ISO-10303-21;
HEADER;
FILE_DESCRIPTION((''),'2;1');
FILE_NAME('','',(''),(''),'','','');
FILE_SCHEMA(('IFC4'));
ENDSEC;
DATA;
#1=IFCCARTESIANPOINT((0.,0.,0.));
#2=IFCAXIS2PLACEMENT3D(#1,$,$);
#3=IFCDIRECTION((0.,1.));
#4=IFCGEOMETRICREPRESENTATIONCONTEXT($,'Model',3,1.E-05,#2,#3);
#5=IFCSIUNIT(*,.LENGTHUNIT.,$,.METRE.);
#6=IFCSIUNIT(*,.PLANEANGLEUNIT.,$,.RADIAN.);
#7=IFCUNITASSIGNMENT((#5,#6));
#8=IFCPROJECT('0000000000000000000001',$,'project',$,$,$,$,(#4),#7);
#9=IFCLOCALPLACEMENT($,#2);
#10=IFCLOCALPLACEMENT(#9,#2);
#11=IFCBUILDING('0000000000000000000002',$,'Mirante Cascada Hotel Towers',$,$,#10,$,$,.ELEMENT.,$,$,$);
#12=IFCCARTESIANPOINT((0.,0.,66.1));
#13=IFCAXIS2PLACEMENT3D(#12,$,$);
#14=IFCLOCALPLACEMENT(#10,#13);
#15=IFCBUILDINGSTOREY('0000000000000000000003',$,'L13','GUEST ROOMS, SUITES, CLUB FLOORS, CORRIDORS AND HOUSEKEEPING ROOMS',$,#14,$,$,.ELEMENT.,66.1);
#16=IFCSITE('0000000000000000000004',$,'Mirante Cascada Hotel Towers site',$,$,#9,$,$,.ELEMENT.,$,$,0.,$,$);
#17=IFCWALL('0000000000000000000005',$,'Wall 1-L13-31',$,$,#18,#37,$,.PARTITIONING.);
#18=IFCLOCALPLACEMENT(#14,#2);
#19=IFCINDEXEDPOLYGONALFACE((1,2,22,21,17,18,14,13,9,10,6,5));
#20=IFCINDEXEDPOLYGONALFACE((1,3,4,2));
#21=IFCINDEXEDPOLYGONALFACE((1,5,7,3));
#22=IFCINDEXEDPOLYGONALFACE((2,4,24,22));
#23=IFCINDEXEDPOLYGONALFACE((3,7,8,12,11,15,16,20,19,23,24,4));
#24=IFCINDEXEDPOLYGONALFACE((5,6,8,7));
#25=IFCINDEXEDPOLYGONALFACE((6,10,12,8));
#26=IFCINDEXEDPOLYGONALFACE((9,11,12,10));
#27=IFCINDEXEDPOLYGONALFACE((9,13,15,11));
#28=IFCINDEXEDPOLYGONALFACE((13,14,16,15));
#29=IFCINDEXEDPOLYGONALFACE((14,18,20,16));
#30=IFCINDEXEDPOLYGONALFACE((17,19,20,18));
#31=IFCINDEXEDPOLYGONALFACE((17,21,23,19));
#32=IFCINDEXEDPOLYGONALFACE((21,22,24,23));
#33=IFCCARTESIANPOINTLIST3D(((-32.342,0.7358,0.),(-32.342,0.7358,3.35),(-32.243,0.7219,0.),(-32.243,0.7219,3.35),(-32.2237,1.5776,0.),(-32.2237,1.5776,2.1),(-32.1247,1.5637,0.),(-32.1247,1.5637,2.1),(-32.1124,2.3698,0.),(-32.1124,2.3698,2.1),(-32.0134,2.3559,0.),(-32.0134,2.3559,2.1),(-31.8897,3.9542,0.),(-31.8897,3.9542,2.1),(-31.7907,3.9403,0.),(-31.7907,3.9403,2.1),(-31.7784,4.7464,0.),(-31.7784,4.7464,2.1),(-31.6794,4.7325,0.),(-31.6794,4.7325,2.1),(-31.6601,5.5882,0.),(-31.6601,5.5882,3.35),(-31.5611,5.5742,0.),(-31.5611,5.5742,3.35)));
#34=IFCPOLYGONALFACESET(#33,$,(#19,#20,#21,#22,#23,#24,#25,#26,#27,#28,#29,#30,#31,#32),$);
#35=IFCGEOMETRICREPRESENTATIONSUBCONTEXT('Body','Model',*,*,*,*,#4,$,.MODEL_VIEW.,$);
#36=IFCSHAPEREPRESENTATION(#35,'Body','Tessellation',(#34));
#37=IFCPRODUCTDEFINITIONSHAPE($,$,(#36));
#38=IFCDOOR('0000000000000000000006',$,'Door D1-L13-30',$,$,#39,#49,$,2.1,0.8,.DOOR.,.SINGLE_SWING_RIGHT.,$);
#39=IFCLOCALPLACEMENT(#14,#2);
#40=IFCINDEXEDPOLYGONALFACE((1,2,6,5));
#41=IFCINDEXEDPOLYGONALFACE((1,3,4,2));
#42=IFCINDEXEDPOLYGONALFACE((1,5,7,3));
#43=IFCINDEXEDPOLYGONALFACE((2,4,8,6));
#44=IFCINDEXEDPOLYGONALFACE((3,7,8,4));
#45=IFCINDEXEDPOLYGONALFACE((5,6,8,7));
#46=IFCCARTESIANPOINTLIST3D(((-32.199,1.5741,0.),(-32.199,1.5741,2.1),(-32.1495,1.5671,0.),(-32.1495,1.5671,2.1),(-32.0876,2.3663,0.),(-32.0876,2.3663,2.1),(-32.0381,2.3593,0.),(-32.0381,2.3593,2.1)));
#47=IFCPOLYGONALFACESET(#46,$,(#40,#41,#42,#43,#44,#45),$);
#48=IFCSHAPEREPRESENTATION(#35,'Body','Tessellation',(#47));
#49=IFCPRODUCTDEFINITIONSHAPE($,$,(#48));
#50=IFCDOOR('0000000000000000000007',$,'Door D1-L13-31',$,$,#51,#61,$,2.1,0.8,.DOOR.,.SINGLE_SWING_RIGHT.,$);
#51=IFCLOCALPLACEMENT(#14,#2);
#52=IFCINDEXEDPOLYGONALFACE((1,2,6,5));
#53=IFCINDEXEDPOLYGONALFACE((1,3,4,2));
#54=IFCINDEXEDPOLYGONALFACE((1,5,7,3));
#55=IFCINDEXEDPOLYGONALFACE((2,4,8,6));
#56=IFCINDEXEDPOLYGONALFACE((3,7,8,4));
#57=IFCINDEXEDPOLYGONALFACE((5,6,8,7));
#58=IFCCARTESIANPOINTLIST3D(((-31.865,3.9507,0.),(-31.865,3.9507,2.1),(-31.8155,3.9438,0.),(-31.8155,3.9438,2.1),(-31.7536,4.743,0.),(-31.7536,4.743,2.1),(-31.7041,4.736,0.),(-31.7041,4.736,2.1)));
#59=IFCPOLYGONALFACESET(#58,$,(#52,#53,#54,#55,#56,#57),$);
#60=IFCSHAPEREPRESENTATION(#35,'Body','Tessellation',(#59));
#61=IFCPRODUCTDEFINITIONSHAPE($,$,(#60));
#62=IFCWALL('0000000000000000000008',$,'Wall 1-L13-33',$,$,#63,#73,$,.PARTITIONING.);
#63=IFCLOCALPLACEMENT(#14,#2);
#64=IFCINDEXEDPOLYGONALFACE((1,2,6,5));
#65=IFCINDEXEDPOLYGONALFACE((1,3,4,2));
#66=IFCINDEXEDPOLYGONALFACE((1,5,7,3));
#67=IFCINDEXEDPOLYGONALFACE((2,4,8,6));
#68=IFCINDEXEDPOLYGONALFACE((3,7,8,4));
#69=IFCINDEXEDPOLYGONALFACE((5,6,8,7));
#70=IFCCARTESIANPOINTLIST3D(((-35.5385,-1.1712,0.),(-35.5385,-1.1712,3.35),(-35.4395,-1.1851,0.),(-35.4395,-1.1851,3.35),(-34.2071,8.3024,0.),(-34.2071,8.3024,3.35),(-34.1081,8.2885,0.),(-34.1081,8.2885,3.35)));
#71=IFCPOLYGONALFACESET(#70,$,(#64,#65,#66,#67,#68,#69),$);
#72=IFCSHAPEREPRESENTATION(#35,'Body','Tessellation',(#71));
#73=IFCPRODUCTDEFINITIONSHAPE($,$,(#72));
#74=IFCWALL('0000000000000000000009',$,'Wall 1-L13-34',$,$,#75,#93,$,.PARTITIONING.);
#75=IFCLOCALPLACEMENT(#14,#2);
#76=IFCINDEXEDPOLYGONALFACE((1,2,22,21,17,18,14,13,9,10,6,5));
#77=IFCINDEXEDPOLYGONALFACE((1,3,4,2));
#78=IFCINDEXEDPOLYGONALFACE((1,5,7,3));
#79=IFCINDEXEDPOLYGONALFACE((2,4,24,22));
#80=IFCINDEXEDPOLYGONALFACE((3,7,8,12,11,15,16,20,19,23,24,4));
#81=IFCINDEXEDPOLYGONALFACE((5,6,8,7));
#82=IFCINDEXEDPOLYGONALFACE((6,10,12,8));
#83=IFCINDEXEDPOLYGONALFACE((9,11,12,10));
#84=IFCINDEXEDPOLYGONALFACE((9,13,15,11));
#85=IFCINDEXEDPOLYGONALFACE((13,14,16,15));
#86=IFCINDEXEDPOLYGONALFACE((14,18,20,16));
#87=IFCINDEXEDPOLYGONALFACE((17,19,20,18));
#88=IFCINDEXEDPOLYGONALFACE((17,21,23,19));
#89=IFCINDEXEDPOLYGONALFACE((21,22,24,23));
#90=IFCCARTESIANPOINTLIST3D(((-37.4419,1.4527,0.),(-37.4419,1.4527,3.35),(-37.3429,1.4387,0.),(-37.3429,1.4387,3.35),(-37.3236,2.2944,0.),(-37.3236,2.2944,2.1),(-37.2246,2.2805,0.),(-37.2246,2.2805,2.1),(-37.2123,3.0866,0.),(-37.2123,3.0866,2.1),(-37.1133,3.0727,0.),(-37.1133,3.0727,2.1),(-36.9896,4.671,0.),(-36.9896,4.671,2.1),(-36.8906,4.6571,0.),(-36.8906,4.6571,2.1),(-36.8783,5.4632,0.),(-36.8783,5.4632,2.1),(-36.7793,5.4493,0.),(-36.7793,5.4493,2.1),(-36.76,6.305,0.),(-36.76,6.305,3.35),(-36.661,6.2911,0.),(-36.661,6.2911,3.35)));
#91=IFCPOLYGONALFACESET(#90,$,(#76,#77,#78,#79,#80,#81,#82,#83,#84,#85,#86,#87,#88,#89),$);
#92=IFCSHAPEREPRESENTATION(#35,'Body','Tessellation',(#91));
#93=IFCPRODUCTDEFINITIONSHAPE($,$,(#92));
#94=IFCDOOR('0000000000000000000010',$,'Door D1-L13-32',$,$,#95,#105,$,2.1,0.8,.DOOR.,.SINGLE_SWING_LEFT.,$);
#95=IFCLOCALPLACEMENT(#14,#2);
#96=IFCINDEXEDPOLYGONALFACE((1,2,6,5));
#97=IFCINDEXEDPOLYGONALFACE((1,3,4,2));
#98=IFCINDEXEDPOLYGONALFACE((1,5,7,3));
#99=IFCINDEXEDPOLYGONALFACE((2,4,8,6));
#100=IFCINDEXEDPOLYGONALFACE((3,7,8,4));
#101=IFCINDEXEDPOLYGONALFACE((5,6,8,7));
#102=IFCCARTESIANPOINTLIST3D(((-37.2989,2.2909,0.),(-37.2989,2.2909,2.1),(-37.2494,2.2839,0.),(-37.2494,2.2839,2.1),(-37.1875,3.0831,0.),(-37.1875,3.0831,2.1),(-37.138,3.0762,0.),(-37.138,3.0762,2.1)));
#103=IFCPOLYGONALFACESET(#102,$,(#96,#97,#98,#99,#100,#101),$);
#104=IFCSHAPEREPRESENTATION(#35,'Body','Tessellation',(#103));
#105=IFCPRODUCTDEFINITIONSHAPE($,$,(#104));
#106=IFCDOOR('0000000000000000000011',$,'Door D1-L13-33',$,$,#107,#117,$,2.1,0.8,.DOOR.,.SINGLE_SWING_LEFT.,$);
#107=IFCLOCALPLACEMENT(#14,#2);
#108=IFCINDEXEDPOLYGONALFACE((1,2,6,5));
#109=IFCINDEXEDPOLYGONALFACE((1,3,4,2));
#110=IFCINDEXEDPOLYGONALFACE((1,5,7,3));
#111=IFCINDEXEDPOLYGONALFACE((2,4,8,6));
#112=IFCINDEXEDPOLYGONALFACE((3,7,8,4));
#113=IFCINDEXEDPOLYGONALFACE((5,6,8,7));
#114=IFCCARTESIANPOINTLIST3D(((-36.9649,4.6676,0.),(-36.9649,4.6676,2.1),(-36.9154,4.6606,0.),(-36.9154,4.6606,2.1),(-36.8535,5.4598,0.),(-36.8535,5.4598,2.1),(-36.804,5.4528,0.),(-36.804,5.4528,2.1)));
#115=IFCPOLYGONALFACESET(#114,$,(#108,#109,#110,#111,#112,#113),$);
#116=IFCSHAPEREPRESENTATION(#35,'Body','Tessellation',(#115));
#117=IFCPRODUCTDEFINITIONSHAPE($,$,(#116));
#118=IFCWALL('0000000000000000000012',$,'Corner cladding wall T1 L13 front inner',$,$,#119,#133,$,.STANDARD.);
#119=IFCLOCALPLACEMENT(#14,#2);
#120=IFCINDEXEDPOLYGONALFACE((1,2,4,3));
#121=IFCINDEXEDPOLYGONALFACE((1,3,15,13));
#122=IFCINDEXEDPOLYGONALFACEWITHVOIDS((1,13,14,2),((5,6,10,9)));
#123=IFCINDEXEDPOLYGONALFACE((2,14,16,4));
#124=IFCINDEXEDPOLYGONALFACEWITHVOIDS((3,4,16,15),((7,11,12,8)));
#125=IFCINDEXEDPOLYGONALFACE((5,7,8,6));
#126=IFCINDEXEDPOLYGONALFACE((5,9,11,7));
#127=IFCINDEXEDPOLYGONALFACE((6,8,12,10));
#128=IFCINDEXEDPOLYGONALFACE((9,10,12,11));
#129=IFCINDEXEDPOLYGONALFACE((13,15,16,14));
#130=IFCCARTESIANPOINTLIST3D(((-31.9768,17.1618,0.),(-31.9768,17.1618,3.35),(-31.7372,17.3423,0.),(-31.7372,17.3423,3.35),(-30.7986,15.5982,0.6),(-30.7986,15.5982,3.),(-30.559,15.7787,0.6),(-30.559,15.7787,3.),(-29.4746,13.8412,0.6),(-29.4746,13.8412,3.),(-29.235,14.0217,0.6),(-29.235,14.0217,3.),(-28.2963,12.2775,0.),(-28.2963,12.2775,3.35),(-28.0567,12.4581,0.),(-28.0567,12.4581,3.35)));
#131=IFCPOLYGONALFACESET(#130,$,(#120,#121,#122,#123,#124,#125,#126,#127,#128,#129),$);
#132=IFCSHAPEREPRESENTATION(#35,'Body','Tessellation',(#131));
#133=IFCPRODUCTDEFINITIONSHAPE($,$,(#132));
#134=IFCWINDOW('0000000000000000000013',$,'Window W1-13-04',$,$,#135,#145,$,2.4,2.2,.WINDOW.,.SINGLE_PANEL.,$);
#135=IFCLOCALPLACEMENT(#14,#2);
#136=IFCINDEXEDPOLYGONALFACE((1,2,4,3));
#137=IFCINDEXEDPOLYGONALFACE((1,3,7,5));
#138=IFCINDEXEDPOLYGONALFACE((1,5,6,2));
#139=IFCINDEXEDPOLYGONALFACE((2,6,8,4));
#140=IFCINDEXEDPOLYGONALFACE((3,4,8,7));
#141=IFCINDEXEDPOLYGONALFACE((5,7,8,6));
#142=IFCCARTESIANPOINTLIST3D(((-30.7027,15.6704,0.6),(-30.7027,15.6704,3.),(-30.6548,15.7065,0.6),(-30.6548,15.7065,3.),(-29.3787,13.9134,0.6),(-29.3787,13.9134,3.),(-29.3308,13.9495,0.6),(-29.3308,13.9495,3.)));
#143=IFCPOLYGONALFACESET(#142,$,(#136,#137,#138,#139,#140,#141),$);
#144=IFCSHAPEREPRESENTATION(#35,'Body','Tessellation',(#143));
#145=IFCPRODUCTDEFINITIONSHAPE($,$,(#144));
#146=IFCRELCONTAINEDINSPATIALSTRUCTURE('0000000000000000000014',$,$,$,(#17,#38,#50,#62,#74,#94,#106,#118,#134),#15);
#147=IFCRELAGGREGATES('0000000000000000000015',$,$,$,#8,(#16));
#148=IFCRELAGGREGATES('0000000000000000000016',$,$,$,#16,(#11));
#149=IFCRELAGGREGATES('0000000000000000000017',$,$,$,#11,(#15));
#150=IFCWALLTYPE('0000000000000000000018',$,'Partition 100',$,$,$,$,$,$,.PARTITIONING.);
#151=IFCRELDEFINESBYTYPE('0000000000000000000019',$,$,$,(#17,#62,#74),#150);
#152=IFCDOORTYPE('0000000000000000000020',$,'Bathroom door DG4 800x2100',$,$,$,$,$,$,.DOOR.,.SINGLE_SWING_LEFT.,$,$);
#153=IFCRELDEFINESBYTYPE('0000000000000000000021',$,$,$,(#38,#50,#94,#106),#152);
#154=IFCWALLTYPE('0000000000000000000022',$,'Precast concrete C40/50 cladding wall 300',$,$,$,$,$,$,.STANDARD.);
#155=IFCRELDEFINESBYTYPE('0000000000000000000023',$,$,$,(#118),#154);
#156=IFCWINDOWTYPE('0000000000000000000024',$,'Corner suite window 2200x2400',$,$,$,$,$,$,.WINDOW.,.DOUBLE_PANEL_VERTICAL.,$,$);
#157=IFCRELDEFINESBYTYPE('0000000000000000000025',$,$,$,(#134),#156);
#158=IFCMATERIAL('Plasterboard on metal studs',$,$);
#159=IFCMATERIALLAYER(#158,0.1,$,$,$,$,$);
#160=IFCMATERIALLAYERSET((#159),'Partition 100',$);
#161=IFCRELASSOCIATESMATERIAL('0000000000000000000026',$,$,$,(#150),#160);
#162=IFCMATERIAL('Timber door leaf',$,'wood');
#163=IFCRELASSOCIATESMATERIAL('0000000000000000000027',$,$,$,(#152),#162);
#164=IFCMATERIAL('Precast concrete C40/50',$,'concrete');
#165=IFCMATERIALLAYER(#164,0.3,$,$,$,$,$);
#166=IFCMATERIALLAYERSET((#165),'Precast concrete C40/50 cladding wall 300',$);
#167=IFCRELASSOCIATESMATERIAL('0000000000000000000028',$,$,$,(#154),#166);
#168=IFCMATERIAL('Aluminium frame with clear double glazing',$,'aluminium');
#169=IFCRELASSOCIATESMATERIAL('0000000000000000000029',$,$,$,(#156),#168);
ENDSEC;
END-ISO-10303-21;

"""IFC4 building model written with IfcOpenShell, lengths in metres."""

from ifc_helpers import new_model, si_unit, direction, frame, frame_2d, origin, place, context, subcontext, project, spatial, rectangle, extrude, material, layer, layer_set, type_object, element, fill, save


model = new_model("IFC4")

# Units and contexts
model_context = context("Model", 3, precision=1e-05, world=origin(), true_north=direction((0.0, 1.0)))
body_context = subcontext(model_context, "Body", "Model", "MODEL_VIEW")
ifc_project = project(units=[si_unit("LENGTHUNIT", "METRE"), si_unit("PLANEANGLEUNIT", "RADIAN")], contexts=[model_context])

# Site, building, storey
site_placement = place(None, origin())
site = spatial("IfcSite", under=ifc_project, at=site_placement, Name="Mirante Cascada Hotel Towers site", CompositionType="ELEMENT", RefElevation=0.0)
building_placement = place(site_placement, origin())
building = spatial("IfcBuilding", under=site, at=building_placement, Name="Mirante Cascada Hotel Towers", CompositionType="ELEMENT")
storey_placement = place(building_placement, frame((0.0, 0.0, 66.1)))
storey = spatial("IfcBuildingStorey", under=building, at=storey_placement, Name="L13", Description="GUEST ROOMS, SUITES, CLUB FLOORS, CORRIDORS AND HOUSEKEEPING ROOMS", CompositionType="ELEMENT", Elevation=66.1)

# Shared definitions
ifc_material_1 = material(Name="Plasterboard on metal studs")
ifc_layer_1 = layer(ifc_material_1, 0.1)
ifc_layer_set_1 = layer_set([ifc_layer_1], Name="Partition 100")
wall_type_1 = type_object("IfcWallType", Name="Partition 100", PredefinedType="PARTITIONING", material=ifc_layer_set_1)

# Wall, openings, doors
wall_1_placement = place(storey_placement, frame((-31.6106, 5.5812, 0.0), z_axis=(0.0, 0.0, 1.0), x_axis=(-0.139164, -0.990269, 0.0)))
wall_1 = element("IfcWall", 1, at=wall_1_placement, inside=storey, type_object=wall_type_1, Name="Wall 1-L13-31", PredefinedType="PARTITIONING", context=body_context, shape_type="SweptSolid", body=[
    extrude(rectangle(XDim=4.9, YDim=0.1, at=frame_2d((2.45, 0.0))), origin(), (0.0, 0.0, 1.0), 3.35),
])
opening_1_placement = place(wall_1_placement, frame((3.25, 0.0, 0.0)))
opening_1 = element("IfcOpeningElement", 2, at=opening_1_placement, cuts=wall_1, PredefinedType="OPENING", context=body_context, shape_type="SweptSolid", body=[
    extrude(rectangle(XDim=0.8, YDim=2.1, at=frame_2d((0.4, 1.05))), frame((0.0, 0.05, 0.0), z_axis=(0.0, -1.0, 0.0), x_axis=(1.0, 0.0, 0.0)), (0.0, 0.0, 1.0), 0.1),
])
opening_2_placement = place(wall_1_placement, frame((0.85, 0.0, 0.0)))
opening_2 = element("IfcOpeningElement", 3, at=opening_2_placement, cuts=wall_1, PredefinedType="OPENING", context=body_context, shape_type="SweptSolid", body=[
    extrude(rectangle(XDim=0.8, YDim=2.1, at=frame_2d((0.4, 1.05))), frame((0.0, 0.05, 0.0), z_axis=(0.0, -1.0, 0.0), x_axis=(1.0, 0.0, 0.0)), (0.0, 0.0, 1.0), 0.1),
])
ifc_material_2 = material(Name="Timber door leaf", Category="wood")
door_type = type_object("IfcDoorType", Name="Bathroom door DG4 800x2100", OperationType="SINGLE_SWING_LEFT", PredefinedType="DOOR", material=ifc_material_2)
door_1_placement = place(opening_1_placement, frame((0.8, 0.0, 0.0), z_axis=(0.0, 0.0, 1.0), x_axis=(-1.0, 0.0, 0.0)))
door_1 = element("IfcDoor", 4, at=door_1_placement, inside=storey, type_object=door_type, Name="Door D1-L13-30", OperationType="SINGLE_SWING_RIGHT", OverallHeight=2.1, OverallWidth=0.8, PredefinedType="DOOR", context=body_context, shape_type="SweptSolid", body=[
    extrude(rectangle(XDim=0.8, YDim=2.1, at=frame_2d((0.4, 1.05))), frame((0.0, 0.025, 0.0), z_axis=(0.0, -1.0, 0.0), x_axis=(1.0, 0.0, 0.0)), (0.0, 0.0, 1.0), 0.05),
])
fill(opening_1, door_1)
door_2_placement = place(opening_2_placement, frame((0.8, 0.0, 0.0), z_axis=(0.0, 0.0, 1.0), x_axis=(-1.0, 0.0, 0.0)))
door_2 = element("IfcDoor", 5, at=door_2_placement, inside=storey, type_object=door_type, Name="Door D1-L13-31", OperationType="SINGLE_SWING_RIGHT", OverallHeight=2.1, OverallWidth=0.8, PredefinedType="DOOR", context=body_context, shape_type="SweptSolid", body=[
    extrude(rectangle(XDim=0.8, YDim=2.1, at=frame_2d((0.4, 1.05))), frame((0.0, 0.025, 0.0), z_axis=(0.0, -1.0, 0.0), x_axis=(1.0, 0.0, 0.0)), (0.0, 0.0, 1.0), 0.05),
])
fill(opening_2, door_2)

# Wall
wall_2_placement = place(storey_placement, frame((-34.1576, 8.2955, 0.0), z_axis=(0.0, 0.0, 1.0), x_axis=(-0.13917, -0.990268, 0.0)))
element("IfcWall", 6, at=wall_2_placement, inside=storey, type_object=wall_type_1, Name="Wall 1-L13-33", PredefinedType="PARTITIONING", context=body_context, shape_type="SweptSolid", body=[
    extrude(rectangle(XDim=9.5667, YDim=0.1, at=frame_2d((4.7834, 0.0))), origin(), (0.0, 0.0, 1.0), 3.35),
])

# Wall, openings, doors
wall_3_placement = place(storey_placement, frame((-37.3924, 1.4457, 0.0), z_axis=(0.0, 0.0, 1.0), x_axis=(0.139164, 0.990269, 0.0)))
wall_3 = element("IfcWall", 7, at=wall_3_placement, inside=storey, type_object=wall_type_1, Name="Wall 1-L13-34", PredefinedType="PARTITIONING", context=body_context, shape_type="SweptSolid", body=[
    extrude(rectangle(XDim=4.9, YDim=0.1, at=frame_2d((2.45, 0.0))), origin(), (0.0, 0.0, 1.0), 3.35),
])
opening_3_placement = place(wall_3_placement, frame((0.85, 0.0, 0.0)))
opening_3 = element("IfcOpeningElement", 8, at=opening_3_placement, cuts=wall_3, PredefinedType="OPENING", context=body_context, shape_type="SweptSolid", body=[
    extrude(rectangle(XDim=0.8, YDim=2.1, at=frame_2d((0.4, 1.05))), frame((0.0, 0.05, 0.0), z_axis=(0.0, -1.0, 0.0), x_axis=(1.0, 0.0, 0.0)), (0.0, 0.0, 1.0), 0.1),
])
opening_4_placement = place(wall_3_placement, frame((3.25, 0.0, 0.0)))
opening_4 = element("IfcOpeningElement", 9, at=opening_4_placement, cuts=wall_3, PredefinedType="OPENING", context=body_context, shape_type="SweptSolid", body=[
    extrude(rectangle(XDim=0.8, YDim=2.1, at=frame_2d((0.4, 1.05))), frame((0.0, 0.05, 0.0), z_axis=(0.0, -1.0, 0.0), x_axis=(1.0, 0.0, 0.0)), (0.0, 0.0, 1.0), 0.1),
])
door_3_placement = place(opening_3_placement, origin())
door_3 = element("IfcDoor", 10, at=door_3_placement, inside=storey, type_object=door_type, Name="Door D1-L13-32", OperationType="SINGLE_SWING_LEFT", OverallHeight=2.1, OverallWidth=0.8, PredefinedType="DOOR", context=body_context, shape_type="SweptSolid", body=[
    extrude(rectangle(XDim=0.8, YDim=2.1, at=frame_2d((0.4, 1.05))), frame((0.0, 0.025, 0.0), z_axis=(0.0, -1.0, 0.0), x_axis=(1.0, 0.0, 0.0)), (0.0, 0.0, 1.0), 0.05),
])
fill(opening_3, door_3)
door_4_placement = place(opening_4_placement, origin())
door_4 = element("IfcDoor", 11, at=door_4_placement, inside=storey, type_object=door_type, Name="Door D1-L13-33", OperationType="SINGLE_SWING_LEFT", OverallHeight=2.1, OverallWidth=0.8, PredefinedType="DOOR", context=body_context, shape_type="SweptSolid", body=[
    extrude(rectangle(XDim=0.8, YDim=2.1, at=frame_2d((0.4, 1.05))), frame((0.0, 0.025, 0.0), z_axis=(0.0, -1.0, 0.0), x_axis=(1.0, 0.0, 0.0)), (0.0, 0.0, 1.0), 0.05),
])
fill(opening_4, door_4)

# Wall, opening, window
ifc_material_3 = material(Name="Precast concrete C40/50", Category="concrete")
ifc_layer_2 = layer(ifc_material_3, 0.3)
ifc_layer_set_2 = layer_set([ifc_layer_2], Name="Precast concrete C40/50 cladding wall 300")
wall_type_2 = type_object("IfcWallType", Name="Precast concrete C40/50 cladding wall 300", PredefinedType="STANDARD", material=ifc_layer_set_2)
wall_4_placement = place(storey_placement, frame((-31.857, 17.252, 0.0), z_axis=(0.0, 0.0, 1.0), x_axis=(0.601814, -0.798636, 0.0)))
wall_4 = element("IfcWall", 12, at=wall_4_placement, inside=storey, type_object=wall_type_2, Name="Corner cladding wall T1 L13 front inner", PredefinedType="STANDARD", context=body_context, shape_type="SweptSolid", body=[
    extrude(rectangle(XDim=6.1157, YDim=0.3, at=frame_2d((3.0578, 0.0))), origin(), (0.0, 0.0, 1.0), 3.35),
])
opening_5_placement = place(wall_4_placement, frame((1.9578, 0.0, 0.6)))
opening_5 = element("IfcOpeningElement", 13, at=opening_5_placement, cuts=wall_4, PredefinedType="OPENING", context=body_context, shape_type="SweptSolid", body=[
    extrude(rectangle(XDim=2.2, YDim=2.4, at=frame_2d((1.1, 1.2))), frame((0.0, 0.15, 0.0), z_axis=(0.0, -1.0, 0.0), x_axis=(1.0, 0.0, 0.0)), (0.0, 0.0, 1.0), 0.3),
])
ifc_material_4 = material(Name="Aluminium frame with clear double glazing", Category="aluminium")
window_type = type_object("IfcWindowType", Name="Corner suite window 2200x2400", PartitioningType="DOUBLE_PANEL_VERTICAL", PredefinedType="WINDOW", material=ifc_material_4)
window_placement = place(opening_5_placement, origin())
window = element("IfcWindow", 14, at=window_placement, inside=storey, type_object=window_type, Name="Window W1-13-04", OverallHeight=2.4, OverallWidth=2.2, PartitioningType="SINGLE_PANEL", PredefinedType="WINDOW", context=body_context, shape_type="SweptSolid", body=[
    extrude(rectangle(XDim=2.2, YDim=2.4, at=frame_2d((1.1, 1.2))), frame((0.0, 0.03, 0.0), z_axis=(0.0, -1.0, 0.0), x_axis=(1.0, 0.0, 0.0)), (0.0, 0.0, 1.0), 0.06),
])
fill(opening_5, window)

save(model, "model.ifc")
